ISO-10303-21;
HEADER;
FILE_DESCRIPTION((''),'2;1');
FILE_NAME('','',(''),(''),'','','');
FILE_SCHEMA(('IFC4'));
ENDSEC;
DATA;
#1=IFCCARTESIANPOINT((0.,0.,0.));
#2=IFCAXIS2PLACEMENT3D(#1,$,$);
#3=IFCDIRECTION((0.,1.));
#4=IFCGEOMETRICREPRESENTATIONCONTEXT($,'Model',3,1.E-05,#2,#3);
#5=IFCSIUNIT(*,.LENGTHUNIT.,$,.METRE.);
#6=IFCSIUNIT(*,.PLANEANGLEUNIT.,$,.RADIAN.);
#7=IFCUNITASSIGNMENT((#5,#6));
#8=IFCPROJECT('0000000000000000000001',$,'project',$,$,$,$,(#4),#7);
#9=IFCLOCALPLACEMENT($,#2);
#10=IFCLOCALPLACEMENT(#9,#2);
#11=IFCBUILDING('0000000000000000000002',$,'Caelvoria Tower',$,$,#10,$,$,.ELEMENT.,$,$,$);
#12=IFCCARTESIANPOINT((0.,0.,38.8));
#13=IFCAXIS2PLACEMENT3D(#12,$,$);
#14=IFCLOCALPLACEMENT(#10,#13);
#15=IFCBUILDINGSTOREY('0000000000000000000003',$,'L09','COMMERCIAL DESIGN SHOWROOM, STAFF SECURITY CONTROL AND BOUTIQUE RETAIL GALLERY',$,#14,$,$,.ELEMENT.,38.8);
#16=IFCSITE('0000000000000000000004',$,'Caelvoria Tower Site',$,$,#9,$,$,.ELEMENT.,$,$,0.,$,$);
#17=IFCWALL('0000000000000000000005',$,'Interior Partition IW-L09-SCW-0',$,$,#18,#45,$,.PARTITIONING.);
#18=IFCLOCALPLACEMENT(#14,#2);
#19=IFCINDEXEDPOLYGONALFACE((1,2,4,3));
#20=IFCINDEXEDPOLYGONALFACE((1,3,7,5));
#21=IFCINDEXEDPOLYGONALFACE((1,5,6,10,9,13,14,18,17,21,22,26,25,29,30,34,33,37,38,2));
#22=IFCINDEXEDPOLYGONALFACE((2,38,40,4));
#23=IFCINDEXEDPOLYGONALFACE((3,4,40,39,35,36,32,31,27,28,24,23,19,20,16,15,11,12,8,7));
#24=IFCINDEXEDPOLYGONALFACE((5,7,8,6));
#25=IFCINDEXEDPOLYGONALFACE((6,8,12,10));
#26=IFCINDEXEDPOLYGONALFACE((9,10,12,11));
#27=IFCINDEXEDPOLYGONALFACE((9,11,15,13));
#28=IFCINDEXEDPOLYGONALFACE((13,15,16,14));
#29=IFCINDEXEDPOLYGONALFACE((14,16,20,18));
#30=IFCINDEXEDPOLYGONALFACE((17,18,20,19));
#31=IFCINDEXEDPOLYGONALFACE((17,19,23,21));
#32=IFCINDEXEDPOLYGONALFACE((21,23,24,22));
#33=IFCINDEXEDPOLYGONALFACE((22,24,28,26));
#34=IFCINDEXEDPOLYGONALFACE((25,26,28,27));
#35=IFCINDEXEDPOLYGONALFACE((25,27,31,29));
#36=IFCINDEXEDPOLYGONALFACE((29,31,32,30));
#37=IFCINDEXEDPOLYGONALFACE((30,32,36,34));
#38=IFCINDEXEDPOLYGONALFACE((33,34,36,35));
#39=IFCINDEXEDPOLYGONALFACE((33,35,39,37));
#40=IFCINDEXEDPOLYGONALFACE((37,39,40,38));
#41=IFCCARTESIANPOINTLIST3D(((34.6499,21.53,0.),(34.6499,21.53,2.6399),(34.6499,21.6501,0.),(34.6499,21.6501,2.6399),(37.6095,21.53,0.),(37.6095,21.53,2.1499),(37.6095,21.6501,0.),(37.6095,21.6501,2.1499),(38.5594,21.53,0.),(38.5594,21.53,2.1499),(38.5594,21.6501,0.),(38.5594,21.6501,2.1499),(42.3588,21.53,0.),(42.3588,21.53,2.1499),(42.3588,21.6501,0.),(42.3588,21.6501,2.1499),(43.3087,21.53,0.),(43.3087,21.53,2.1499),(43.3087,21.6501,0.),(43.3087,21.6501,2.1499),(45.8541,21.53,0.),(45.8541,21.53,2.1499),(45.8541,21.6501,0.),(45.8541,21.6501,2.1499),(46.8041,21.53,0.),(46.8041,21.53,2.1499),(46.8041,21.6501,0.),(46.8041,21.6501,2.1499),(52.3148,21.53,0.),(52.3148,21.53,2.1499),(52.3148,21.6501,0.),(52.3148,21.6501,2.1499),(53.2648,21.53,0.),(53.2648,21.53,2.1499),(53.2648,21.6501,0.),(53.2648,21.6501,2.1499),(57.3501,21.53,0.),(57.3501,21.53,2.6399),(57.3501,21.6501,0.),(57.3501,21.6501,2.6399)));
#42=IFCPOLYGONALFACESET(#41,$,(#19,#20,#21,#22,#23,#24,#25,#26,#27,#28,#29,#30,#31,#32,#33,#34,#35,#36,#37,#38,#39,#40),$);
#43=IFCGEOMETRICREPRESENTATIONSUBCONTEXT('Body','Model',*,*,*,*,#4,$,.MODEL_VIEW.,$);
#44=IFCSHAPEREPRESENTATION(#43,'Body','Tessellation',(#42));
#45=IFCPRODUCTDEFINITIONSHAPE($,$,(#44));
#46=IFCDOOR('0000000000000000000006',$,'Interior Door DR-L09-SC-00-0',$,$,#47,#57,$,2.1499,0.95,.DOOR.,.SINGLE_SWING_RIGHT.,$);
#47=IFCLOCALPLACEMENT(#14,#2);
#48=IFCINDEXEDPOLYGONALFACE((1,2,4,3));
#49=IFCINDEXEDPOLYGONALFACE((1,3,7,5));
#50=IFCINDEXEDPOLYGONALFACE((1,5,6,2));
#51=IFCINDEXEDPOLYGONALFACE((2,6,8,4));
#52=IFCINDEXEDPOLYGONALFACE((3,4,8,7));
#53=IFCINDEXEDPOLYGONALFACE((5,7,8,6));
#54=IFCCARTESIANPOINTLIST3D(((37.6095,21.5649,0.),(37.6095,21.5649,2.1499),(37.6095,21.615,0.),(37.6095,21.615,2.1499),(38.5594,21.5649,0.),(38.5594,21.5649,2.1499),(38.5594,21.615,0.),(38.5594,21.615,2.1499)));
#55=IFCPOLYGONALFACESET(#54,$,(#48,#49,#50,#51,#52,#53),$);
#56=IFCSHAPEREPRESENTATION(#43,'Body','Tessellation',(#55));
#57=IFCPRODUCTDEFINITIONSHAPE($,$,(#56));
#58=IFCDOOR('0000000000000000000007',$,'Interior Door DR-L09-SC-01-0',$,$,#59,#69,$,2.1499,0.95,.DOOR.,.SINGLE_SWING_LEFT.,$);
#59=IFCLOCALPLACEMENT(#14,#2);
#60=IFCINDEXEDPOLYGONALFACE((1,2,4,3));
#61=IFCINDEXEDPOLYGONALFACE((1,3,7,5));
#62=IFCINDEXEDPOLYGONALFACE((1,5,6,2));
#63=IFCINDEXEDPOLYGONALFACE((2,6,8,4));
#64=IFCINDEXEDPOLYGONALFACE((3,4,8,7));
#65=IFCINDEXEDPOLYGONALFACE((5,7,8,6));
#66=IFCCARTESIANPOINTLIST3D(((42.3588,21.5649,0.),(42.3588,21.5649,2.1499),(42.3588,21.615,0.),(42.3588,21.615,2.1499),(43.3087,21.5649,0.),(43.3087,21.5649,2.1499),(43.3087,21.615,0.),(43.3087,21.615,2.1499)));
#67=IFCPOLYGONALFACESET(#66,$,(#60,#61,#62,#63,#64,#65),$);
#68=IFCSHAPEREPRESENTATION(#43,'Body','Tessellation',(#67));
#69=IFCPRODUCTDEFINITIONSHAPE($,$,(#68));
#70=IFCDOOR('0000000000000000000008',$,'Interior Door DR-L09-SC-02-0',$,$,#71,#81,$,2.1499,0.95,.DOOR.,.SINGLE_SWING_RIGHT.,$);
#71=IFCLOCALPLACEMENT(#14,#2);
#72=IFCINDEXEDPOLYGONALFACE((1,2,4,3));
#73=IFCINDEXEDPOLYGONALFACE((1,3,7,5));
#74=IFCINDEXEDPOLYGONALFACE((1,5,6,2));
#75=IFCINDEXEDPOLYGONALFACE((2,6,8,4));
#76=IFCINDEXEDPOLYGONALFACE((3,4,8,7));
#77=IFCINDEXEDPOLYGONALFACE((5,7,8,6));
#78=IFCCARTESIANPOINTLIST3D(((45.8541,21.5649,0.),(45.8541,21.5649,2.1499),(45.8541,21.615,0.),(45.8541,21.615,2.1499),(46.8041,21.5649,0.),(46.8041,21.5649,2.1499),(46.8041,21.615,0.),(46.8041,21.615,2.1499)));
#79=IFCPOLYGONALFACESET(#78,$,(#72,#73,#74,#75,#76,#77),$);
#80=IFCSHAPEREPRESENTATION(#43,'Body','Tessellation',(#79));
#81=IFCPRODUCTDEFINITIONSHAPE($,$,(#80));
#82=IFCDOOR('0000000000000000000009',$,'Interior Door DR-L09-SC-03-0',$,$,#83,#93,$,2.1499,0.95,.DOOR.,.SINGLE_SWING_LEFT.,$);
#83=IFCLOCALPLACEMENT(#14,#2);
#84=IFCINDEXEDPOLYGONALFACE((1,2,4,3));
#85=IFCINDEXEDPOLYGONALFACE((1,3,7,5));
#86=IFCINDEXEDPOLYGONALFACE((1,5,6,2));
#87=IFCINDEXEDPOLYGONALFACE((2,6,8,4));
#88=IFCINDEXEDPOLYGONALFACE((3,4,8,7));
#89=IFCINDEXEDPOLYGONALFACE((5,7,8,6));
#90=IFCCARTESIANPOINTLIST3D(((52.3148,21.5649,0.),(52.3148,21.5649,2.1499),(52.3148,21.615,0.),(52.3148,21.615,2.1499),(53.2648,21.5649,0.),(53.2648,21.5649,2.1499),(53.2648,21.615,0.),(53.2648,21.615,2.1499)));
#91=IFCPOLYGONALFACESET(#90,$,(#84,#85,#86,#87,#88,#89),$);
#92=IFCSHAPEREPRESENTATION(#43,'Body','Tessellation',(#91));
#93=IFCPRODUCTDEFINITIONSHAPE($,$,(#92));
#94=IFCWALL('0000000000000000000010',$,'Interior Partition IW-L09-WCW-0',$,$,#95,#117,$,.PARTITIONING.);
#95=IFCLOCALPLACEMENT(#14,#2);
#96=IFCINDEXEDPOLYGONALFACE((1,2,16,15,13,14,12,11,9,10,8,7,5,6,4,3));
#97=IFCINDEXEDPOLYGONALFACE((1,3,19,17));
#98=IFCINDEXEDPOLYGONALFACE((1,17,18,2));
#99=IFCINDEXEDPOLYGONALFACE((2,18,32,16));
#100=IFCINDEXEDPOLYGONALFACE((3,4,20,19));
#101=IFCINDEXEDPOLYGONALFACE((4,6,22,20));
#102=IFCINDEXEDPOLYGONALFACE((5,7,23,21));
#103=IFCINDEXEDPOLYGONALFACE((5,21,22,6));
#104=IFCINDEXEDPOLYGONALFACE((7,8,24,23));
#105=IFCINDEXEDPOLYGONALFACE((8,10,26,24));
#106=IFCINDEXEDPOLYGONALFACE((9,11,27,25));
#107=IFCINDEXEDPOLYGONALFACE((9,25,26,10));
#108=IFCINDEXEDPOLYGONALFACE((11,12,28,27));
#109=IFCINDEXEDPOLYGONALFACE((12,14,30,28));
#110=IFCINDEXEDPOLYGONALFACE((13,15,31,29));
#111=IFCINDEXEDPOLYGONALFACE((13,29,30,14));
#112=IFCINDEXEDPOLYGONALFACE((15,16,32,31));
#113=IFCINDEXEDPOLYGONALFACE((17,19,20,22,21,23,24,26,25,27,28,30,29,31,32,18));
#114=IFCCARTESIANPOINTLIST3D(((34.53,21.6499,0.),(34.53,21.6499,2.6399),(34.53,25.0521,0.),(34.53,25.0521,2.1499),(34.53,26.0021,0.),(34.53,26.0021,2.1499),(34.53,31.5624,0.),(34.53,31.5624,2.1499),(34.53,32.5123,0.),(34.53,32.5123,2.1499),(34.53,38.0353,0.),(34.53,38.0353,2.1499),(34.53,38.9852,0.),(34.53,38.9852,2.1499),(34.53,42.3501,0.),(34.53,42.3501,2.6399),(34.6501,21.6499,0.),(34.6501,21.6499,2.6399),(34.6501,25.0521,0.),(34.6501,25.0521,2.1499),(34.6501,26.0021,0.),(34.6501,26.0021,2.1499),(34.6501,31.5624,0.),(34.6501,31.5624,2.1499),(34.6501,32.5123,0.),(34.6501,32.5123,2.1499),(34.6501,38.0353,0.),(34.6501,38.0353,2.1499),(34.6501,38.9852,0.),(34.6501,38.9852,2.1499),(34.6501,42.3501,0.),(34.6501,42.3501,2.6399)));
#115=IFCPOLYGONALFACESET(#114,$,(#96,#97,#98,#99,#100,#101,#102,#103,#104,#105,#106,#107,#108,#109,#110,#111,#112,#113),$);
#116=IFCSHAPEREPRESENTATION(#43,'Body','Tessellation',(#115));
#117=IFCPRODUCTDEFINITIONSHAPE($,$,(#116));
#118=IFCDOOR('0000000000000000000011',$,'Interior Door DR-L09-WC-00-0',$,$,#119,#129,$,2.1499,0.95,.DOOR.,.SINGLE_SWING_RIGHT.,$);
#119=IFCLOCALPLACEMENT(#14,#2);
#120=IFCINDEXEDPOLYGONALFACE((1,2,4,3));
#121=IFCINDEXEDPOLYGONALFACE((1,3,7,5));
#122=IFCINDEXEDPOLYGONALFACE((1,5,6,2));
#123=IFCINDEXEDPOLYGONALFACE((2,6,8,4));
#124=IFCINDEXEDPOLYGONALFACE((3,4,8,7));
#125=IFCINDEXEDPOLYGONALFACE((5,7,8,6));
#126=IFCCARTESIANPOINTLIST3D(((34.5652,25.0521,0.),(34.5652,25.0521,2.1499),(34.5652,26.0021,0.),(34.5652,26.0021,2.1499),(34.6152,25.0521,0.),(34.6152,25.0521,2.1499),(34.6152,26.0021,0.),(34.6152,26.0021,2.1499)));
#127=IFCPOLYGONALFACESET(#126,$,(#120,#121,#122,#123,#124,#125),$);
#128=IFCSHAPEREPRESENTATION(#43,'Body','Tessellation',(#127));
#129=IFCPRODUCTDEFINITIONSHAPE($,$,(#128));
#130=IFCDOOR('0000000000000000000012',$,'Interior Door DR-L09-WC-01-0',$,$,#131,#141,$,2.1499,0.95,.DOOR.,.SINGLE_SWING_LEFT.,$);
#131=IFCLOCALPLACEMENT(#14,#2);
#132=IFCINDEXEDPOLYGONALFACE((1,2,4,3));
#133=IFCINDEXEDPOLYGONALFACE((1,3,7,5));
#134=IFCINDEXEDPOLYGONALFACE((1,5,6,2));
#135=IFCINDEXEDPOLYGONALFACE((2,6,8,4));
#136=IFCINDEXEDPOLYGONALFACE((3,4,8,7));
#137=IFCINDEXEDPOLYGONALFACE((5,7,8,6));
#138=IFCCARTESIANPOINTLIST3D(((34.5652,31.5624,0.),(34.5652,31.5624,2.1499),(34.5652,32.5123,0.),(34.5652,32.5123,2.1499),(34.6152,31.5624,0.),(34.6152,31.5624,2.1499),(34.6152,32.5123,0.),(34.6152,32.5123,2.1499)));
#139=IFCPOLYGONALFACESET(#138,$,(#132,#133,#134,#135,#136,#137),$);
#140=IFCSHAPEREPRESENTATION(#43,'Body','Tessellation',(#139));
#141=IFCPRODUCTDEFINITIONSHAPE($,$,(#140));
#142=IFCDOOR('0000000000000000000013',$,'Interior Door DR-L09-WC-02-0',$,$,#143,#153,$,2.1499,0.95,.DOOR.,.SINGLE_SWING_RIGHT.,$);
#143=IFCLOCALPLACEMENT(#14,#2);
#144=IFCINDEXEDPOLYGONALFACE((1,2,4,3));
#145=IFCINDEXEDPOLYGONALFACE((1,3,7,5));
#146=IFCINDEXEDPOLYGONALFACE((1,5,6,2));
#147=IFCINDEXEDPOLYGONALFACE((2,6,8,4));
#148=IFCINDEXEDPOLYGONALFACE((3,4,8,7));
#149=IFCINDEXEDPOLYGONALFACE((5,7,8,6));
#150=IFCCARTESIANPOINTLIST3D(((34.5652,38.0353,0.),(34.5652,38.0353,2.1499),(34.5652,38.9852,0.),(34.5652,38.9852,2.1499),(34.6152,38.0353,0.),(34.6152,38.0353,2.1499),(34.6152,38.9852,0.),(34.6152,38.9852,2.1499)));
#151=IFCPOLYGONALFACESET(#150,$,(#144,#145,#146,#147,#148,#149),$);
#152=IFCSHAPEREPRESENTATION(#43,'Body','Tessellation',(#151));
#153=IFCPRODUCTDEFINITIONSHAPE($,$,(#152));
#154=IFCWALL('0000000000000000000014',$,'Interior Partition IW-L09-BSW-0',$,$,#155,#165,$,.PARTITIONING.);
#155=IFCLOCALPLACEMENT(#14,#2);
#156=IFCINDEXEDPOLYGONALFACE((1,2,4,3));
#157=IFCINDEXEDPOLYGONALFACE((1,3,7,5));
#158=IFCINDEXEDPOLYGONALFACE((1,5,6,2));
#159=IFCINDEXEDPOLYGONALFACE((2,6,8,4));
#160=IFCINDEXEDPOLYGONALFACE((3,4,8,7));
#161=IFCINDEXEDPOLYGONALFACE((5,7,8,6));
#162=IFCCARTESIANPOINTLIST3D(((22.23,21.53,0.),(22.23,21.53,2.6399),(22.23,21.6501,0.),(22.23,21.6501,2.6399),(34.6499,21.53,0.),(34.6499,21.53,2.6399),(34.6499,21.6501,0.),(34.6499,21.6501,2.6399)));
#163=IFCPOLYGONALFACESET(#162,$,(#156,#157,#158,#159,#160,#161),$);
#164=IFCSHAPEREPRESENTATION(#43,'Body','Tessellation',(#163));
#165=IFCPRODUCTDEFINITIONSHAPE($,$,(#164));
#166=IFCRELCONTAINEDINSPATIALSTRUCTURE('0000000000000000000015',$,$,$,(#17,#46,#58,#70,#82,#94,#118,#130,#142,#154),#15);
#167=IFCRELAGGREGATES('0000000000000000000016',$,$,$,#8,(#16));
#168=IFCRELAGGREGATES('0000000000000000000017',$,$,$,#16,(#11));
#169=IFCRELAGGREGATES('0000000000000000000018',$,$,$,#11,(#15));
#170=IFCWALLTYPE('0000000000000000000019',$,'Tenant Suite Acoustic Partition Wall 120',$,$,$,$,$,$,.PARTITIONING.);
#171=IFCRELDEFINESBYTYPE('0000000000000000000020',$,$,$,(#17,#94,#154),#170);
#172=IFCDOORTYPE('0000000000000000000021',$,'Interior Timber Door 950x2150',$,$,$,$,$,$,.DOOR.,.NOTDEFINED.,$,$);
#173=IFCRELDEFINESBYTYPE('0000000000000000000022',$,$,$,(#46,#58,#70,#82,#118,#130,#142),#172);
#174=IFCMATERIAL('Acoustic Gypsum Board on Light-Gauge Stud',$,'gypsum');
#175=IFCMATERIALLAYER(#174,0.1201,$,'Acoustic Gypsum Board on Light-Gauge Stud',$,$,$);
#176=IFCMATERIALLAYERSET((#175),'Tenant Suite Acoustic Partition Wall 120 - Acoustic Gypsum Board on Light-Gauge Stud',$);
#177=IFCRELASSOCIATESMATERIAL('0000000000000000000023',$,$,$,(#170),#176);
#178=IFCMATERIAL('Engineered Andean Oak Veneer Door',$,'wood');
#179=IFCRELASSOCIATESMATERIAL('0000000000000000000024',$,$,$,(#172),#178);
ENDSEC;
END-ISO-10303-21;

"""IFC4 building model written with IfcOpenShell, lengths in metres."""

from ifc_helpers import new_model, si_unit, direction, frame, frame_2d, origin, place, context, subcontext, project, spatial, rectangle, extrude, material, layer, layer_set, type_object, element, fill, save


model = new_model("IFC4")

# Units and contexts
model_context = context("Model", 3, precision=1e-05, world=origin(), true_north=direction((0.0, 1.0)))
body_context = subcontext(model_context, "Body", "Model", "MODEL_VIEW")
ifc_project = project(units=[si_unit("LENGTHUNIT", "METRE"), si_unit("PLANEANGLEUNIT", "RADIAN")], contexts=[model_context])

# Site, building, storey
site_placement = place(None, origin())
site = spatial("IfcSite", under=ifc_project, at=site_placement, Name="Caelvoria Tower Site", CompositionType="ELEMENT", RefElevation=0.0)
building_placement = place(site_placement, origin())
building = spatial("IfcBuilding", under=site, at=building_placement, Name="Caelvoria Tower", CompositionType="ELEMENT")
storey_placement = place(building_placement, frame((0.0, 0.0, 38.8)))
storey = spatial("IfcBuildingStorey", under=building, at=storey_placement, Name="L09", Description="COMMERCIAL DESIGN SHOWROOM, STAFF SECURITY CONTROL AND BOUTIQUE RETAIL GALLERY", CompositionType="ELEMENT", Elevation=38.8)

# Shared definitions
ifc_material_1 = material(Name="Acoustic Gypsum Board on Light-Gauge Stud", Category="gypsum")
ifc_layer_1 = layer(ifc_material_1, 0.1201, Name="Acoustic Gypsum Board on Light-Gauge Stud")
ifc_layer_set_1 = layer_set([ifc_layer_1], Name="Tenant Suite Acoustic Partition Wall 120 - Acoustic Gypsum Board on Light-Gauge Stud")
wall_type_1 = type_object("IfcWallType", Name="Tenant Suite Acoustic Partition Wall 120", PredefinedType="PARTITIONING", material=ifc_layer_set_1)
ifc_material_2 = material(Name="Engineered Andean Oak Veneer Door", Category="wood")

# Walls, openings, doors
wall_1_placement = place(storey_placement, frame((34.6499, 21.5901, 0.0), z_axis=(0.0, 0.0, 1.0), x_axis=(1.0, 0.0, 0.0)))
wall_1 = element("IfcWall", 1, at=wall_1_placement, inside=storey, type_object=wall_type_1, Name="Interior Partition IW-L09-SCW-0", PredefinedType="PARTITIONING", context=body_context, shape_type="SweptSolid", body=[
    extrude(rectangle(XDim=22.7002, YDim=0.1201, at=frame_2d((11.3501, 0.0))), origin(), (0.0, 0.0, 1.0), 2.6399),
])
opening_1_placement = place(wall_1_placement, frame((2.9595, 0.0, 0.0)))
opening_1 = element("IfcOpeningElement", 2, at=opening_1_placement, cuts=wall_1, PredefinedType="OPENING", context=body_context, shape_type="SweptSolid", body=[
    extrude(rectangle(XDim=0.95, YDim=2.1499, at=frame_2d((0.4751, 1.075))), frame((0.0, 0.0701, 0.0), z_axis=(0.0, -1.0, 0.0), x_axis=(1.0, 0.0, 0.0)), (0.0, 0.0, 1.0), 0.1401),
])
opening_2_placement = place(wall_1_placement, frame((7.7087, 0.0, 0.0)))
opening_2 = element("IfcOpeningElement", 3, at=opening_2_placement, cuts=wall_1, PredefinedType="OPENING", context=body_context, shape_type="SweptSolid", body=[
    extrude(rectangle(XDim=0.95, YDim=2.1499, at=frame_2d((0.4751, 1.075))), frame((0.0, 0.0701, 0.0), z_axis=(0.0, -1.0, 0.0), x_axis=(1.0, 0.0, 0.0)), (0.0, 0.0, 1.0), 0.1401),
])
opening_3_placement = place(wall_1_placement, frame((11.2041, 0.0, 0.0)))
opening_3 = element("IfcOpeningElement", 4, at=opening_3_placement, cuts=wall_1, PredefinedType="OPENING", context=body_context, shape_type="SweptSolid", body=[
    extrude(rectangle(XDim=0.95, YDim=2.1499, at=frame_2d((0.4751, 1.075))), frame((0.0, 0.0701, 0.0), z_axis=(0.0, -1.0, 0.0), x_axis=(1.0, 0.0, 0.0)), (0.0, 0.0, 1.0), 0.1401),
])
opening_4_placement = place(wall_1_placement, frame((17.6648, 0.0, 0.0)))
opening_4 = element("IfcOpeningElement", 5, at=opening_4_placement, cuts=wall_1, PredefinedType="OPENING", context=body_context, shape_type="SweptSolid", body=[
    extrude(rectangle(XDim=0.95, YDim=2.1499, at=frame_2d((0.4751, 1.075))), frame((0.0, 0.0701, 0.0), z_axis=(0.0, -1.0, 0.0), x_axis=(1.0, 0.0, 0.0)), (0.0, 0.0, 1.0), 0.1401),
])
door_type_1 = type_object("IfcDoorType", Name="Interior Timber Door 950x2150", OperationType="NOTDEFINED", PredefinedType="DOOR", material=ifc_material_2)
door_1_placement = place(opening_1_placement, origin())
door_1 = element("IfcDoor", 6, at=door_1_placement, inside=storey, type_object=door_type_1, Name="Interior Door DR-L09-SC-00-0", OperationType="SINGLE_SWING_RIGHT", OverallHeight=2.1499, OverallWidth=0.95, PredefinedType="DOOR", context=body_context, shape_type="SweptSolid", body=[
    extrude(rectangle(XDim=0.95, YDim=2.1499, at=frame_2d((0.4751, 1.075))), frame((0.0, 0.0249, 0.0), z_axis=(0.0, -1.0, 0.0), x_axis=(1.0, 0.0, 0.0)), (0.0, 0.0, 1.0), 0.05),
])
fill(opening_1, door_1)
door_2_placement = place(opening_2_placement, origin())
door_2 = element("IfcDoor", 7, at=door_2_placement, inside=storey, type_object=door_type_1, Name="Interior Door DR-L09-SC-01-0", OperationType="SINGLE_SWING_LEFT", OverallHeight=2.1499, OverallWidth=0.95, PredefinedType="DOOR", context=body_context, shape_type="SweptSolid", body=[
    extrude(rectangle(XDim=0.95, YDim=2.1499, at=frame_2d((0.4751, 1.075))), frame((0.0, 0.0249, 0.0), z_axis=(0.0, -1.0, 0.0), x_axis=(1.0, 0.0, 0.0)), (0.0, 0.0, 1.0), 0.05),
])
fill(opening_2, door_2)
door_3_placement = place(opening_3_placement, origin())
door_3 = element("IfcDoor", 8, at=door_3_placement, inside=storey, type_object=door_type_1, Name="Interior Door DR-L09-SC-02-0", OperationType="SINGLE_SWING_RIGHT", OverallHeight=2.1499, OverallWidth=0.95, PredefinedType="DOOR", context=body_context, shape_type="SweptSolid", body=[
    extrude(rectangle(XDim=0.95, YDim=2.1499, at=frame_2d((0.4751, 1.075))), frame((0.0, 0.0249, 0.0), z_axis=(0.0, -1.0, 0.0), x_axis=(1.0, 0.0, 0.0)), (0.0, 0.0, 1.0), 0.05),
])
fill(opening_3, door_3)
door_4_placement = place(opening_4_placement, origin())
door_4 = element("IfcDoor", 9, at=door_4_placement, inside=storey, type_object=door_type_1, Name="Interior Door DR-L09-SC-03-0", OperationType="SINGLE_SWING_LEFT", OverallHeight=2.1499, OverallWidth=0.95, PredefinedType="DOOR", context=body_context, shape_type="SweptSolid", body=[
    extrude(rectangle(XDim=0.95, YDim=2.1499, at=frame_2d((0.4751, 1.075))), frame((0.0, 0.0249, 0.0), z_axis=(0.0, -1.0, 0.0), x_axis=(1.0, 0.0, 0.0)), (0.0, 0.0, 1.0), 0.05),
])
fill(opening_4, door_4)
wall_2_placement = place(storey_placement, frame((34.5901, 21.6499, 0.0), z_axis=(0.0, 0.0, 1.0), x_axis=(0.0, 1.0, 0.0)))
wall_2 = element("IfcWall", 10, at=wall_2_placement, inside=storey, type_object=wall_type_1, Name="Interior Partition IW-L09-WCW-0", PredefinedType="PARTITIONING", context=body_context, shape_type="SweptSolid", body=[
    extrude(rectangle(XDim=20.7002, YDim=0.1201, at=frame_2d((10.3501, 0.0))), origin(), (0.0, 0.0, 1.0), 2.6399),
])
opening_5_placement = place(wall_2_placement, frame((3.4021, 0.0, 0.0)))
opening_5 = element("IfcOpeningElement", 11, at=opening_5_placement, cuts=wall_2, PredefinedType="OPENING", context=body_context, shape_type="SweptSolid", body=[
    extrude(rectangle(XDim=0.95, YDim=2.1499, at=frame_2d((0.4751, 1.075))), frame((0.0, 0.0701, 0.0), z_axis=(0.0, -1.0, 0.0), x_axis=(1.0, 0.0, 0.0)), (0.0, 0.0, 1.0), 0.1401),
])
opening_6_placement = place(wall_2_placement, frame((9.9124, 0.0, 0.0)))
opening_6 = element("IfcOpeningElement", 12, at=opening_6_placement, cuts=wall_2, PredefinedType="OPENING", context=body_context, shape_type="SweptSolid", body=[
    extrude(rectangle(XDim=0.95, YDim=2.1499, at=frame_2d((0.4751, 1.075))), frame((0.0, 0.0701, 0.0), z_axis=(0.0, -1.0, 0.0), x_axis=(1.0, 0.0, 0.0)), (0.0, 0.0, 1.0), 0.1401),
])
opening_7_placement = place(wall_2_placement, frame((16.3853, 0.0, 0.0)))
opening_7 = element("IfcOpeningElement", 13, at=opening_7_placement, cuts=wall_2, PredefinedType="OPENING", context=body_context, shape_type="SweptSolid", body=[
    extrude(rectangle(XDim=0.95, YDim=2.1499, at=frame_2d((0.4751, 1.075))), frame((0.0, 0.0701, 0.0), z_axis=(0.0, -1.0, 0.0), x_axis=(1.0, 0.0, 0.0)), (0.0, 0.0, 1.0), 0.1401),
])
door_5_placement = place(opening_5_placement, origin())
door_5 = element("IfcDoor", 14, at=door_5_placement, inside=storey, type_object=door_type_1, Name="Interior Door DR-L09-WC-00-0", OperationType="SINGLE_SWING_RIGHT", OverallHeight=2.1499, OverallWidth=0.95, PredefinedType="DOOR", context=body_context, shape_type="SweptSolid", body=[
    extrude(rectangle(XDim=0.95, YDim=2.1499, at=frame_2d((0.4751, 1.075))), frame((0.0, 0.0249, 0.0), z_axis=(0.0, -1.0, 0.0), x_axis=(1.0, 0.0, 0.0)), (0.0, 0.0, 1.0), 0.05),
])
fill(opening_5, door_5)
door_6_placement = place(opening_6_placement, origin())
door_6 = element("IfcDoor", 15, at=door_6_placement, inside=storey, type_object=door_type_1, Name="Interior Door DR-L09-WC-01-0", OperationType="SINGLE_SWING_LEFT", OverallHeight=2.1499, OverallWidth=0.95, PredefinedType="DOOR", context=body_context, shape_type="SweptSolid", body=[
    extrude(rectangle(XDim=0.95, YDim=2.1499, at=frame_2d((0.4751, 1.075))), frame((0.0, 0.0249, 0.0), z_axis=(0.0, -1.0, 0.0), x_axis=(1.0, 0.0, 0.0)), (0.0, 0.0, 1.0), 0.05),
])
fill(opening_6, door_6)
door_7_placement = place(opening_7_placement, origin())
door_7 = element("IfcDoor", 16, at=door_7_placement, inside=storey, type_object=door_type_1, Name="Interior Door DR-L09-WC-02-0", OperationType="SINGLE_SWING_RIGHT", OverallHeight=2.1499, OverallWidth=0.95, PredefinedType="DOOR", context=body_context, shape_type="SweptSolid", body=[
    extrude(rectangle(XDim=0.95, YDim=2.1499, at=frame_2d((0.4751, 1.075))), frame((0.0, 0.0249, 0.0), z_axis=(0.0, -1.0, 0.0), x_axis=(1.0, 0.0, 0.0)), (0.0, 0.0, 1.0), 0.05),
])
fill(opening_7, door_7)

# Wall
wall_3_placement = place(storey_placement, frame((34.6499, 21.5901, 0.0), z_axis=(0.0, 0.0, 1.0), x_axis=(-1.0, 0.0, 0.0)))
element("IfcWall", 17, at=wall_3_placement, inside=storey, type_object=wall_type_1, Name="Interior Partition IW-L09-BSW-0", PredefinedType="PARTITIONING", context=body_context, shape_type="SweptSolid", body=[
    extrude(rectangle(XDim=12.4199, YDim=0.1201, at=frame_2d((6.21, 0.0))), origin(), (0.0, 0.0, 1.0), 2.6399),
])

save(model, "model.ifc")
